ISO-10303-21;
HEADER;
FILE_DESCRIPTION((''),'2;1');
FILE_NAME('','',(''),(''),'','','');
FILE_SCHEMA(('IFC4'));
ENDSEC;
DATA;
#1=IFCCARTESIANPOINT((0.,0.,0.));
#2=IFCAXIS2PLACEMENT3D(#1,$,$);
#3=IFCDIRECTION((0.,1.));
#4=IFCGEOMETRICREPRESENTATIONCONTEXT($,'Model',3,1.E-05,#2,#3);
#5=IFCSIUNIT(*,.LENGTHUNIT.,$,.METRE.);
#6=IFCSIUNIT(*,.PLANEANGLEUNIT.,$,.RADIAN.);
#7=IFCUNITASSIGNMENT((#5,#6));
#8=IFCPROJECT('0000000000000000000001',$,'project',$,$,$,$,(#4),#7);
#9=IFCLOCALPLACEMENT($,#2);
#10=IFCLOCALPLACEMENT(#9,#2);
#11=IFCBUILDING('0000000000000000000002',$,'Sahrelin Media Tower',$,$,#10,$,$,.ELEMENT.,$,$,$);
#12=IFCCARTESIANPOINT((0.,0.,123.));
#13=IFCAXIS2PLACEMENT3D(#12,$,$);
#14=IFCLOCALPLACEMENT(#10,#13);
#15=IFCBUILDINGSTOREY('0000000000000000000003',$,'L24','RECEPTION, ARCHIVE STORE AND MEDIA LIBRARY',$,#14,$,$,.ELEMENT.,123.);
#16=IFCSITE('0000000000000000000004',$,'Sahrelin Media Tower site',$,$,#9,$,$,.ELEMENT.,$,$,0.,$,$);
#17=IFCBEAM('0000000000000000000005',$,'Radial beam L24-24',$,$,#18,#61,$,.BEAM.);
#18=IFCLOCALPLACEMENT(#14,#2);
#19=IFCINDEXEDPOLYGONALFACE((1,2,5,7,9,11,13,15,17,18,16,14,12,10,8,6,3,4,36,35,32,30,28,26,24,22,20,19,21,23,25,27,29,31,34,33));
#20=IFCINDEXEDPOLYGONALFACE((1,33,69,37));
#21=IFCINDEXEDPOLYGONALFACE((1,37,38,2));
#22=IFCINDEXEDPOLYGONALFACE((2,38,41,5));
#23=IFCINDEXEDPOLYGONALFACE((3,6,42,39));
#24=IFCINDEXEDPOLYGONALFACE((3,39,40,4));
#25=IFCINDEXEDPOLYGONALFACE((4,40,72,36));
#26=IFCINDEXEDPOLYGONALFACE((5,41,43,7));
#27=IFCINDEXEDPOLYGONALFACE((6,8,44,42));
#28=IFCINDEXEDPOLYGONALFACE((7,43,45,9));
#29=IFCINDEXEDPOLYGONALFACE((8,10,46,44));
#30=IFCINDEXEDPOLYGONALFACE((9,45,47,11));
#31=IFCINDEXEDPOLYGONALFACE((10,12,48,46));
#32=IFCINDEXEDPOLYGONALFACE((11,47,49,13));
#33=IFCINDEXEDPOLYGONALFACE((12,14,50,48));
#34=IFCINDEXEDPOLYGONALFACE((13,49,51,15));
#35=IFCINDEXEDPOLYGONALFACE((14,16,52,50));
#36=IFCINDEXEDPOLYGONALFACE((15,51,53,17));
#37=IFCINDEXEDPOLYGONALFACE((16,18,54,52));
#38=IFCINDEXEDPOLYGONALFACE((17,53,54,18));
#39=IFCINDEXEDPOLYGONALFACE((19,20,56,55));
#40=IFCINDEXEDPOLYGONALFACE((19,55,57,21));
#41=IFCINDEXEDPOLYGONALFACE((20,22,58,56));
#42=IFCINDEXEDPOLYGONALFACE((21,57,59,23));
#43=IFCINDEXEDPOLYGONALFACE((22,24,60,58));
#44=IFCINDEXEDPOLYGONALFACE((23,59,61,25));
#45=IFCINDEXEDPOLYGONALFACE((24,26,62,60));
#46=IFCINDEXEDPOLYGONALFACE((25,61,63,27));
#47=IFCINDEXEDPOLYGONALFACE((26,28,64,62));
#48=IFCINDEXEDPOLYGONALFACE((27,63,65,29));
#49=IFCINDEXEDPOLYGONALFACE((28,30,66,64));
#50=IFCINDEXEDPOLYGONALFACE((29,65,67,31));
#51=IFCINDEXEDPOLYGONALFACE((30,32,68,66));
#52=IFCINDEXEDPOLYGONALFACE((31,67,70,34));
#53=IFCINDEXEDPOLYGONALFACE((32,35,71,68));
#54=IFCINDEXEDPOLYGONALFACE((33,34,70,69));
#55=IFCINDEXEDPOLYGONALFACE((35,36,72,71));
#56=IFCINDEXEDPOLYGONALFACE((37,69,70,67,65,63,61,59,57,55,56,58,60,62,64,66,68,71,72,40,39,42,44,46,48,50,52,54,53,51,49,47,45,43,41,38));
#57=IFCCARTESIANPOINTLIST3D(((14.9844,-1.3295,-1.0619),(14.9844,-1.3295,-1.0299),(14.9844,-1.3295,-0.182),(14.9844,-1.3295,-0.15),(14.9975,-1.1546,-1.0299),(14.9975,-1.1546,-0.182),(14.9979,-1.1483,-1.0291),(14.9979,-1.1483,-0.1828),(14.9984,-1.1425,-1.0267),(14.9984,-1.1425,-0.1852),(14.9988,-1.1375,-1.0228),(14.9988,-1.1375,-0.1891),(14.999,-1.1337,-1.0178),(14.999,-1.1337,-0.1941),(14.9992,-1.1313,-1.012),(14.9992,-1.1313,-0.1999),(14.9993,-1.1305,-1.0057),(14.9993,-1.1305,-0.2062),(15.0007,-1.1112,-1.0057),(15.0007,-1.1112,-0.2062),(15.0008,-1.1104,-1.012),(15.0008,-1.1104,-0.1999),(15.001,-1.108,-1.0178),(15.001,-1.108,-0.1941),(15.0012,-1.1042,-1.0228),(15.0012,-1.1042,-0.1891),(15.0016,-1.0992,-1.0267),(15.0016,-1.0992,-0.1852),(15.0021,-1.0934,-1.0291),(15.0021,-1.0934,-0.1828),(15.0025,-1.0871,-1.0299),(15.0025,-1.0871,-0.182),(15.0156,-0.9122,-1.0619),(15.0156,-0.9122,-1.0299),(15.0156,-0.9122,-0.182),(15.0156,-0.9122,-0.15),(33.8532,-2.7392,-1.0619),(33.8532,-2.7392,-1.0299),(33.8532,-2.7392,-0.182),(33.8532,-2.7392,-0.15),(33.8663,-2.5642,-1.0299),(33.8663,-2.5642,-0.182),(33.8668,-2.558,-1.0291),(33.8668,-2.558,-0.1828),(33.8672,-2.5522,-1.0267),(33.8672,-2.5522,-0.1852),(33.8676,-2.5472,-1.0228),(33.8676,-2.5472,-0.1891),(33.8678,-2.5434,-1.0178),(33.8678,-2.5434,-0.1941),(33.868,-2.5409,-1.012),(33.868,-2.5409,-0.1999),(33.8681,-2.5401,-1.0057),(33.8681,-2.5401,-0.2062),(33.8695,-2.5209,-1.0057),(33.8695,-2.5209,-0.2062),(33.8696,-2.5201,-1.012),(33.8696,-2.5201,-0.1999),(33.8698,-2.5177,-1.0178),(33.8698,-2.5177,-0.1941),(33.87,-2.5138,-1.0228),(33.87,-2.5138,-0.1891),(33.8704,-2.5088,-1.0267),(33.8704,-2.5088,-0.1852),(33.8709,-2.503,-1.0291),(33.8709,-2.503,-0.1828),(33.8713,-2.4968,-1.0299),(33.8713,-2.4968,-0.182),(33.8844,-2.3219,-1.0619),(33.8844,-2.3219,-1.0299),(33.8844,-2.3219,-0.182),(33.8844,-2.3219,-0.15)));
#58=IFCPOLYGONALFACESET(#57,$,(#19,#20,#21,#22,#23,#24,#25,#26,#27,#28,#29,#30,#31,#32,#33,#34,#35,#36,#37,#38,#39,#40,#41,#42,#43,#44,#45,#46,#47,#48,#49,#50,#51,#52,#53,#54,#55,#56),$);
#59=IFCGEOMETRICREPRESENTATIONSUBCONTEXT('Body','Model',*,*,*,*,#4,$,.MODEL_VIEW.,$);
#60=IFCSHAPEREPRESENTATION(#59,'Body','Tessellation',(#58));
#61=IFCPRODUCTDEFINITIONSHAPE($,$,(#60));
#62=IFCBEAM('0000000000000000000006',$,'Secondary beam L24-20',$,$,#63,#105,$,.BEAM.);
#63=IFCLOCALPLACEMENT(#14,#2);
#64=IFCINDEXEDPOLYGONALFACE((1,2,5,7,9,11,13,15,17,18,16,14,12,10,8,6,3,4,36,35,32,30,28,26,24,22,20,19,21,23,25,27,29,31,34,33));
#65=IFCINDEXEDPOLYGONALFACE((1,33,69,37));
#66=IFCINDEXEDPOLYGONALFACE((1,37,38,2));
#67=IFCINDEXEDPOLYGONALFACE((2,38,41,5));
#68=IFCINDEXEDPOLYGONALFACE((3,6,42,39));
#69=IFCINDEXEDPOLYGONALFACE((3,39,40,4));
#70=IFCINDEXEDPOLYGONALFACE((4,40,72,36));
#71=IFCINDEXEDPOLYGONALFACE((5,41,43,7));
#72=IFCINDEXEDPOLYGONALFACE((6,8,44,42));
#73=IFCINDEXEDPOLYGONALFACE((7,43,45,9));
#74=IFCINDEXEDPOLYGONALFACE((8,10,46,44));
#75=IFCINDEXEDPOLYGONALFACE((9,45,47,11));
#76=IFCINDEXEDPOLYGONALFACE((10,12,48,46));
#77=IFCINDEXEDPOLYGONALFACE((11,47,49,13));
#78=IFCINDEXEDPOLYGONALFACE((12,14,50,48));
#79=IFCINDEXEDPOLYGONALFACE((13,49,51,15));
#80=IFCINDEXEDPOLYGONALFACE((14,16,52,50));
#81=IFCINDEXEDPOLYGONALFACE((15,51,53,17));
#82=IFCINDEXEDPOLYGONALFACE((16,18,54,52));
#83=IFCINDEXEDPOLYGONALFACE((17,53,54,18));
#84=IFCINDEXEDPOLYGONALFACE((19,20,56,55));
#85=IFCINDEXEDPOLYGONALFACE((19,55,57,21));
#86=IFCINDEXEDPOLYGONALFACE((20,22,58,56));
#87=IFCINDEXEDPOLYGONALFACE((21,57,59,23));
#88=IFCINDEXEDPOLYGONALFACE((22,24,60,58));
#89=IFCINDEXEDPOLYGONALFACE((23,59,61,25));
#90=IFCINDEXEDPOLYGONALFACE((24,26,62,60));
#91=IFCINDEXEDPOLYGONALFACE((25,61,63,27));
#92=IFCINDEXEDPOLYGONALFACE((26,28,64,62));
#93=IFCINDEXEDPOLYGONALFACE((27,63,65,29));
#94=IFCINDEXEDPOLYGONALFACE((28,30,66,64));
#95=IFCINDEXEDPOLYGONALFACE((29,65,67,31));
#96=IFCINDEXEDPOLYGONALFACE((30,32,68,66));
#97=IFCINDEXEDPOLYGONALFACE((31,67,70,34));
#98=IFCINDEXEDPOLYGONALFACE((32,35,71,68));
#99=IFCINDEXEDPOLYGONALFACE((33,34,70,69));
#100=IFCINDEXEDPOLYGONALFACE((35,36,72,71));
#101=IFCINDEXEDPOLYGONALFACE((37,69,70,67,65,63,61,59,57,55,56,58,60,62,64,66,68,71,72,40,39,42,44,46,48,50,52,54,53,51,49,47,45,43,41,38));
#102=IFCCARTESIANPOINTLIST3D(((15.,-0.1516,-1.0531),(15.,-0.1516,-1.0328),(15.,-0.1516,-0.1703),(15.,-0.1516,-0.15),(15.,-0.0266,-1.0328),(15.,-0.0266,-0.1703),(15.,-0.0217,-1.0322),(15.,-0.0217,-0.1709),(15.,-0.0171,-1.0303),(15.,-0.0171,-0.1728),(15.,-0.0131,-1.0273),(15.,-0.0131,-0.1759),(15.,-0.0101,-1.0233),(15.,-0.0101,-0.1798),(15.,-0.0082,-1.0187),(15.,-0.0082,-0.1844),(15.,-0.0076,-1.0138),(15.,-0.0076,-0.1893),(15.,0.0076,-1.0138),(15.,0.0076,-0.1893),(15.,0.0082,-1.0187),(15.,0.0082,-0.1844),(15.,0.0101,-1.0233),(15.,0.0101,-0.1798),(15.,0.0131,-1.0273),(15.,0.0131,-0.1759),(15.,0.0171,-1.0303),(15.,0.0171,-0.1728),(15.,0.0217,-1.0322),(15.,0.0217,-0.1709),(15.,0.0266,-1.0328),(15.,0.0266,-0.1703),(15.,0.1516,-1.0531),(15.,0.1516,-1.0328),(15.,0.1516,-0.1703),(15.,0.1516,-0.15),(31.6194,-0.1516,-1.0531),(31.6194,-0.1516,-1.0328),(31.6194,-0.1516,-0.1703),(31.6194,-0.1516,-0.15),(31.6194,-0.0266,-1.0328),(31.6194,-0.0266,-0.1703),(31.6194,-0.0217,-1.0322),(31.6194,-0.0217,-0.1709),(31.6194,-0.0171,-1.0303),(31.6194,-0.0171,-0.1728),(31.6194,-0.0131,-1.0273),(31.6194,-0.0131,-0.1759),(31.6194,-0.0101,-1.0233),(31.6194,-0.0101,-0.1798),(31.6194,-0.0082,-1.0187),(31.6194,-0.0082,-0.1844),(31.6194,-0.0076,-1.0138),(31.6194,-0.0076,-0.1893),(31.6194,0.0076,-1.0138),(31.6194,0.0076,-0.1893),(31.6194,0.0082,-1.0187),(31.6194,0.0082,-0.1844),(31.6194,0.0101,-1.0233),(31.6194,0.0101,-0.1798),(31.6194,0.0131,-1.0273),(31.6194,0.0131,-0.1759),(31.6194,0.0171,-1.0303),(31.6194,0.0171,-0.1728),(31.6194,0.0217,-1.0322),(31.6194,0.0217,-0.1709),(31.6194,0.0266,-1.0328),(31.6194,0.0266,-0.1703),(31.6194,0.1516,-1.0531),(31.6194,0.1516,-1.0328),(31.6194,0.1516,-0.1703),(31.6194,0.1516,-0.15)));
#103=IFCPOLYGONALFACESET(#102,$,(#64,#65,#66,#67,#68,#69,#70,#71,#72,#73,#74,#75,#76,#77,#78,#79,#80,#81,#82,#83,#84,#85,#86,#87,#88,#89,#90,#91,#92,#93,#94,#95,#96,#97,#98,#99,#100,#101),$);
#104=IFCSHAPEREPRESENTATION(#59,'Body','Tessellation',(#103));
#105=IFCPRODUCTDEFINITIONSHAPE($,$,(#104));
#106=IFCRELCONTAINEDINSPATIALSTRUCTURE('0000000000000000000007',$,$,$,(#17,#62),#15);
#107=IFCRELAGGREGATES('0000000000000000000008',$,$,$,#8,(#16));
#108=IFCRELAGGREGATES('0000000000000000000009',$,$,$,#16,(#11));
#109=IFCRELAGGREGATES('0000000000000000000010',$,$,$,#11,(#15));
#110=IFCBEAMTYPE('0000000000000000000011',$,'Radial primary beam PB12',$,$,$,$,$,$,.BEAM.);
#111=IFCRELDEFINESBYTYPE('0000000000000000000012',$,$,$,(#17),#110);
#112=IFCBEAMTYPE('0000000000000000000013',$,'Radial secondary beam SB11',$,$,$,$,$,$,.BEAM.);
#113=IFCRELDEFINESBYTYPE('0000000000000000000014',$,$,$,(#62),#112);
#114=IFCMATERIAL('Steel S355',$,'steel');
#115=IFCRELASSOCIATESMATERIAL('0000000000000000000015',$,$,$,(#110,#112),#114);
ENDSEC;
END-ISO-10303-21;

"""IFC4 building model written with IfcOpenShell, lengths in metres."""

from ifc_helpers import new_model, si_unit, direction, frame, origin, origin_2d, place, context, subcontext, project, spatial, i_section, extrude, material, material_profile, profile_set, type_object, element, save


model = new_model("IFC4")

# Units and contexts
model_context = context("Model", 3, precision=1e-05, world=origin(), true_north=direction((0.0, 1.0)))
body_context = subcontext(model_context, "Body", "Model", "MODEL_VIEW")
ifc_project = project(units=[si_unit("LENGTHUNIT", "METRE"), si_unit("PLANEANGLEUNIT", "RADIAN")], contexts=[model_context])

# Site, building, storey
site_placement = place(None, origin())
site = spatial("IfcSite", under=ifc_project, at=site_placement, Name="Sahrelin Media Tower site", CompositionType="ELEMENT", RefElevation=0.0)
building_placement = place(site_placement, origin())
building = spatial("IfcBuilding", under=site, at=building_placement, Name="Sahrelin Media Tower", CompositionType="ELEMENT")
storey_placement = place(building_placement, frame((0.0, 0.0, 123.0)))
storey = spatial("IfcBuildingStorey", under=building, at=storey_placement, Name="L24", Description="RECEPTION, ARCHIVE STORE AND MEDIA LIBRARY", CompositionType="ELEMENT", Elevation=123.0)

# Beams
ifc_material_1 = material(Name="Steel S355", Category="steel")
ifc_material_profile_1 = material_profile(ifc_material_1, i_section(OverallWidth=0.4185, OverallDepth=0.9119, WebThickness=0.0193, FlangeThickness=0.032, FilletRadius=0.0242, at=origin_2d()), Name="UB 914x419x343")
ifc_profile_set_1 = profile_set([ifc_material_profile_1], Name="Steel S355")
beam_type_1 = type_object("IfcBeamType", Name="Radial primary beam PB12", PredefinedType="BEAM", material=ifc_profile_set_1)
beam_1_placement = place(storey_placement, frame((15.0, -1.1208, -0.606), z_axis=(0.997221, -0.074501, 0.0), x_axis=(0.074501, 0.997221, 0.0)))
element("IfcBeam", 1, at=beam_1_placement, inside=storey, type_object=beam_type_1, Name="Radial beam L24-24", PredefinedType="BEAM", context=body_context, shape_type="SweptSolid", body=[
    extrude(i_section(OverallWidth=0.4185, OverallDepth=0.9119, WebThickness=0.0193, FlangeThickness=0.032, FilletRadius=0.0242, at=origin_2d()), origin(), (0.0, 0.0, 1.0), 18.9214),
])
ifc_material_profile_2 = material_profile(ifc_material_1, i_section(OverallWidth=0.3032, OverallDepth=0.9031, WebThickness=0.0151, FlangeThickness=0.0203, FilletRadius=0.019, at=origin_2d()), Name="UB 914x305x201")
ifc_profile_set_2 = profile_set([ifc_material_profile_2], Name="Steel S355")
beam_type_2 = type_object("IfcBeamType", Name="Radial secondary beam SB11", PredefinedType="BEAM", material=ifc_profile_set_2)
beam_2_placement = place(storey_placement, frame((15.0, 0.0, -0.6016), z_axis=(1.0, 0.0, 0.0), x_axis=(0.0, 1.0, 0.0)))
element("IfcBeam", 2, at=beam_2_placement, inside=storey, type_object=beam_type_2, Name="Secondary beam L24-20", PredefinedType="BEAM", context=body_context, shape_type="SweptSolid", body=[
    extrude(i_section(OverallWidth=0.3032, OverallDepth=0.9031, WebThickness=0.0151, FlangeThickness=0.0203, FilletRadius=0.019, at=origin_2d()), origin(), (0.0, 0.0, 1.0), 16.6194),
])

save(model, "model.ifc")
